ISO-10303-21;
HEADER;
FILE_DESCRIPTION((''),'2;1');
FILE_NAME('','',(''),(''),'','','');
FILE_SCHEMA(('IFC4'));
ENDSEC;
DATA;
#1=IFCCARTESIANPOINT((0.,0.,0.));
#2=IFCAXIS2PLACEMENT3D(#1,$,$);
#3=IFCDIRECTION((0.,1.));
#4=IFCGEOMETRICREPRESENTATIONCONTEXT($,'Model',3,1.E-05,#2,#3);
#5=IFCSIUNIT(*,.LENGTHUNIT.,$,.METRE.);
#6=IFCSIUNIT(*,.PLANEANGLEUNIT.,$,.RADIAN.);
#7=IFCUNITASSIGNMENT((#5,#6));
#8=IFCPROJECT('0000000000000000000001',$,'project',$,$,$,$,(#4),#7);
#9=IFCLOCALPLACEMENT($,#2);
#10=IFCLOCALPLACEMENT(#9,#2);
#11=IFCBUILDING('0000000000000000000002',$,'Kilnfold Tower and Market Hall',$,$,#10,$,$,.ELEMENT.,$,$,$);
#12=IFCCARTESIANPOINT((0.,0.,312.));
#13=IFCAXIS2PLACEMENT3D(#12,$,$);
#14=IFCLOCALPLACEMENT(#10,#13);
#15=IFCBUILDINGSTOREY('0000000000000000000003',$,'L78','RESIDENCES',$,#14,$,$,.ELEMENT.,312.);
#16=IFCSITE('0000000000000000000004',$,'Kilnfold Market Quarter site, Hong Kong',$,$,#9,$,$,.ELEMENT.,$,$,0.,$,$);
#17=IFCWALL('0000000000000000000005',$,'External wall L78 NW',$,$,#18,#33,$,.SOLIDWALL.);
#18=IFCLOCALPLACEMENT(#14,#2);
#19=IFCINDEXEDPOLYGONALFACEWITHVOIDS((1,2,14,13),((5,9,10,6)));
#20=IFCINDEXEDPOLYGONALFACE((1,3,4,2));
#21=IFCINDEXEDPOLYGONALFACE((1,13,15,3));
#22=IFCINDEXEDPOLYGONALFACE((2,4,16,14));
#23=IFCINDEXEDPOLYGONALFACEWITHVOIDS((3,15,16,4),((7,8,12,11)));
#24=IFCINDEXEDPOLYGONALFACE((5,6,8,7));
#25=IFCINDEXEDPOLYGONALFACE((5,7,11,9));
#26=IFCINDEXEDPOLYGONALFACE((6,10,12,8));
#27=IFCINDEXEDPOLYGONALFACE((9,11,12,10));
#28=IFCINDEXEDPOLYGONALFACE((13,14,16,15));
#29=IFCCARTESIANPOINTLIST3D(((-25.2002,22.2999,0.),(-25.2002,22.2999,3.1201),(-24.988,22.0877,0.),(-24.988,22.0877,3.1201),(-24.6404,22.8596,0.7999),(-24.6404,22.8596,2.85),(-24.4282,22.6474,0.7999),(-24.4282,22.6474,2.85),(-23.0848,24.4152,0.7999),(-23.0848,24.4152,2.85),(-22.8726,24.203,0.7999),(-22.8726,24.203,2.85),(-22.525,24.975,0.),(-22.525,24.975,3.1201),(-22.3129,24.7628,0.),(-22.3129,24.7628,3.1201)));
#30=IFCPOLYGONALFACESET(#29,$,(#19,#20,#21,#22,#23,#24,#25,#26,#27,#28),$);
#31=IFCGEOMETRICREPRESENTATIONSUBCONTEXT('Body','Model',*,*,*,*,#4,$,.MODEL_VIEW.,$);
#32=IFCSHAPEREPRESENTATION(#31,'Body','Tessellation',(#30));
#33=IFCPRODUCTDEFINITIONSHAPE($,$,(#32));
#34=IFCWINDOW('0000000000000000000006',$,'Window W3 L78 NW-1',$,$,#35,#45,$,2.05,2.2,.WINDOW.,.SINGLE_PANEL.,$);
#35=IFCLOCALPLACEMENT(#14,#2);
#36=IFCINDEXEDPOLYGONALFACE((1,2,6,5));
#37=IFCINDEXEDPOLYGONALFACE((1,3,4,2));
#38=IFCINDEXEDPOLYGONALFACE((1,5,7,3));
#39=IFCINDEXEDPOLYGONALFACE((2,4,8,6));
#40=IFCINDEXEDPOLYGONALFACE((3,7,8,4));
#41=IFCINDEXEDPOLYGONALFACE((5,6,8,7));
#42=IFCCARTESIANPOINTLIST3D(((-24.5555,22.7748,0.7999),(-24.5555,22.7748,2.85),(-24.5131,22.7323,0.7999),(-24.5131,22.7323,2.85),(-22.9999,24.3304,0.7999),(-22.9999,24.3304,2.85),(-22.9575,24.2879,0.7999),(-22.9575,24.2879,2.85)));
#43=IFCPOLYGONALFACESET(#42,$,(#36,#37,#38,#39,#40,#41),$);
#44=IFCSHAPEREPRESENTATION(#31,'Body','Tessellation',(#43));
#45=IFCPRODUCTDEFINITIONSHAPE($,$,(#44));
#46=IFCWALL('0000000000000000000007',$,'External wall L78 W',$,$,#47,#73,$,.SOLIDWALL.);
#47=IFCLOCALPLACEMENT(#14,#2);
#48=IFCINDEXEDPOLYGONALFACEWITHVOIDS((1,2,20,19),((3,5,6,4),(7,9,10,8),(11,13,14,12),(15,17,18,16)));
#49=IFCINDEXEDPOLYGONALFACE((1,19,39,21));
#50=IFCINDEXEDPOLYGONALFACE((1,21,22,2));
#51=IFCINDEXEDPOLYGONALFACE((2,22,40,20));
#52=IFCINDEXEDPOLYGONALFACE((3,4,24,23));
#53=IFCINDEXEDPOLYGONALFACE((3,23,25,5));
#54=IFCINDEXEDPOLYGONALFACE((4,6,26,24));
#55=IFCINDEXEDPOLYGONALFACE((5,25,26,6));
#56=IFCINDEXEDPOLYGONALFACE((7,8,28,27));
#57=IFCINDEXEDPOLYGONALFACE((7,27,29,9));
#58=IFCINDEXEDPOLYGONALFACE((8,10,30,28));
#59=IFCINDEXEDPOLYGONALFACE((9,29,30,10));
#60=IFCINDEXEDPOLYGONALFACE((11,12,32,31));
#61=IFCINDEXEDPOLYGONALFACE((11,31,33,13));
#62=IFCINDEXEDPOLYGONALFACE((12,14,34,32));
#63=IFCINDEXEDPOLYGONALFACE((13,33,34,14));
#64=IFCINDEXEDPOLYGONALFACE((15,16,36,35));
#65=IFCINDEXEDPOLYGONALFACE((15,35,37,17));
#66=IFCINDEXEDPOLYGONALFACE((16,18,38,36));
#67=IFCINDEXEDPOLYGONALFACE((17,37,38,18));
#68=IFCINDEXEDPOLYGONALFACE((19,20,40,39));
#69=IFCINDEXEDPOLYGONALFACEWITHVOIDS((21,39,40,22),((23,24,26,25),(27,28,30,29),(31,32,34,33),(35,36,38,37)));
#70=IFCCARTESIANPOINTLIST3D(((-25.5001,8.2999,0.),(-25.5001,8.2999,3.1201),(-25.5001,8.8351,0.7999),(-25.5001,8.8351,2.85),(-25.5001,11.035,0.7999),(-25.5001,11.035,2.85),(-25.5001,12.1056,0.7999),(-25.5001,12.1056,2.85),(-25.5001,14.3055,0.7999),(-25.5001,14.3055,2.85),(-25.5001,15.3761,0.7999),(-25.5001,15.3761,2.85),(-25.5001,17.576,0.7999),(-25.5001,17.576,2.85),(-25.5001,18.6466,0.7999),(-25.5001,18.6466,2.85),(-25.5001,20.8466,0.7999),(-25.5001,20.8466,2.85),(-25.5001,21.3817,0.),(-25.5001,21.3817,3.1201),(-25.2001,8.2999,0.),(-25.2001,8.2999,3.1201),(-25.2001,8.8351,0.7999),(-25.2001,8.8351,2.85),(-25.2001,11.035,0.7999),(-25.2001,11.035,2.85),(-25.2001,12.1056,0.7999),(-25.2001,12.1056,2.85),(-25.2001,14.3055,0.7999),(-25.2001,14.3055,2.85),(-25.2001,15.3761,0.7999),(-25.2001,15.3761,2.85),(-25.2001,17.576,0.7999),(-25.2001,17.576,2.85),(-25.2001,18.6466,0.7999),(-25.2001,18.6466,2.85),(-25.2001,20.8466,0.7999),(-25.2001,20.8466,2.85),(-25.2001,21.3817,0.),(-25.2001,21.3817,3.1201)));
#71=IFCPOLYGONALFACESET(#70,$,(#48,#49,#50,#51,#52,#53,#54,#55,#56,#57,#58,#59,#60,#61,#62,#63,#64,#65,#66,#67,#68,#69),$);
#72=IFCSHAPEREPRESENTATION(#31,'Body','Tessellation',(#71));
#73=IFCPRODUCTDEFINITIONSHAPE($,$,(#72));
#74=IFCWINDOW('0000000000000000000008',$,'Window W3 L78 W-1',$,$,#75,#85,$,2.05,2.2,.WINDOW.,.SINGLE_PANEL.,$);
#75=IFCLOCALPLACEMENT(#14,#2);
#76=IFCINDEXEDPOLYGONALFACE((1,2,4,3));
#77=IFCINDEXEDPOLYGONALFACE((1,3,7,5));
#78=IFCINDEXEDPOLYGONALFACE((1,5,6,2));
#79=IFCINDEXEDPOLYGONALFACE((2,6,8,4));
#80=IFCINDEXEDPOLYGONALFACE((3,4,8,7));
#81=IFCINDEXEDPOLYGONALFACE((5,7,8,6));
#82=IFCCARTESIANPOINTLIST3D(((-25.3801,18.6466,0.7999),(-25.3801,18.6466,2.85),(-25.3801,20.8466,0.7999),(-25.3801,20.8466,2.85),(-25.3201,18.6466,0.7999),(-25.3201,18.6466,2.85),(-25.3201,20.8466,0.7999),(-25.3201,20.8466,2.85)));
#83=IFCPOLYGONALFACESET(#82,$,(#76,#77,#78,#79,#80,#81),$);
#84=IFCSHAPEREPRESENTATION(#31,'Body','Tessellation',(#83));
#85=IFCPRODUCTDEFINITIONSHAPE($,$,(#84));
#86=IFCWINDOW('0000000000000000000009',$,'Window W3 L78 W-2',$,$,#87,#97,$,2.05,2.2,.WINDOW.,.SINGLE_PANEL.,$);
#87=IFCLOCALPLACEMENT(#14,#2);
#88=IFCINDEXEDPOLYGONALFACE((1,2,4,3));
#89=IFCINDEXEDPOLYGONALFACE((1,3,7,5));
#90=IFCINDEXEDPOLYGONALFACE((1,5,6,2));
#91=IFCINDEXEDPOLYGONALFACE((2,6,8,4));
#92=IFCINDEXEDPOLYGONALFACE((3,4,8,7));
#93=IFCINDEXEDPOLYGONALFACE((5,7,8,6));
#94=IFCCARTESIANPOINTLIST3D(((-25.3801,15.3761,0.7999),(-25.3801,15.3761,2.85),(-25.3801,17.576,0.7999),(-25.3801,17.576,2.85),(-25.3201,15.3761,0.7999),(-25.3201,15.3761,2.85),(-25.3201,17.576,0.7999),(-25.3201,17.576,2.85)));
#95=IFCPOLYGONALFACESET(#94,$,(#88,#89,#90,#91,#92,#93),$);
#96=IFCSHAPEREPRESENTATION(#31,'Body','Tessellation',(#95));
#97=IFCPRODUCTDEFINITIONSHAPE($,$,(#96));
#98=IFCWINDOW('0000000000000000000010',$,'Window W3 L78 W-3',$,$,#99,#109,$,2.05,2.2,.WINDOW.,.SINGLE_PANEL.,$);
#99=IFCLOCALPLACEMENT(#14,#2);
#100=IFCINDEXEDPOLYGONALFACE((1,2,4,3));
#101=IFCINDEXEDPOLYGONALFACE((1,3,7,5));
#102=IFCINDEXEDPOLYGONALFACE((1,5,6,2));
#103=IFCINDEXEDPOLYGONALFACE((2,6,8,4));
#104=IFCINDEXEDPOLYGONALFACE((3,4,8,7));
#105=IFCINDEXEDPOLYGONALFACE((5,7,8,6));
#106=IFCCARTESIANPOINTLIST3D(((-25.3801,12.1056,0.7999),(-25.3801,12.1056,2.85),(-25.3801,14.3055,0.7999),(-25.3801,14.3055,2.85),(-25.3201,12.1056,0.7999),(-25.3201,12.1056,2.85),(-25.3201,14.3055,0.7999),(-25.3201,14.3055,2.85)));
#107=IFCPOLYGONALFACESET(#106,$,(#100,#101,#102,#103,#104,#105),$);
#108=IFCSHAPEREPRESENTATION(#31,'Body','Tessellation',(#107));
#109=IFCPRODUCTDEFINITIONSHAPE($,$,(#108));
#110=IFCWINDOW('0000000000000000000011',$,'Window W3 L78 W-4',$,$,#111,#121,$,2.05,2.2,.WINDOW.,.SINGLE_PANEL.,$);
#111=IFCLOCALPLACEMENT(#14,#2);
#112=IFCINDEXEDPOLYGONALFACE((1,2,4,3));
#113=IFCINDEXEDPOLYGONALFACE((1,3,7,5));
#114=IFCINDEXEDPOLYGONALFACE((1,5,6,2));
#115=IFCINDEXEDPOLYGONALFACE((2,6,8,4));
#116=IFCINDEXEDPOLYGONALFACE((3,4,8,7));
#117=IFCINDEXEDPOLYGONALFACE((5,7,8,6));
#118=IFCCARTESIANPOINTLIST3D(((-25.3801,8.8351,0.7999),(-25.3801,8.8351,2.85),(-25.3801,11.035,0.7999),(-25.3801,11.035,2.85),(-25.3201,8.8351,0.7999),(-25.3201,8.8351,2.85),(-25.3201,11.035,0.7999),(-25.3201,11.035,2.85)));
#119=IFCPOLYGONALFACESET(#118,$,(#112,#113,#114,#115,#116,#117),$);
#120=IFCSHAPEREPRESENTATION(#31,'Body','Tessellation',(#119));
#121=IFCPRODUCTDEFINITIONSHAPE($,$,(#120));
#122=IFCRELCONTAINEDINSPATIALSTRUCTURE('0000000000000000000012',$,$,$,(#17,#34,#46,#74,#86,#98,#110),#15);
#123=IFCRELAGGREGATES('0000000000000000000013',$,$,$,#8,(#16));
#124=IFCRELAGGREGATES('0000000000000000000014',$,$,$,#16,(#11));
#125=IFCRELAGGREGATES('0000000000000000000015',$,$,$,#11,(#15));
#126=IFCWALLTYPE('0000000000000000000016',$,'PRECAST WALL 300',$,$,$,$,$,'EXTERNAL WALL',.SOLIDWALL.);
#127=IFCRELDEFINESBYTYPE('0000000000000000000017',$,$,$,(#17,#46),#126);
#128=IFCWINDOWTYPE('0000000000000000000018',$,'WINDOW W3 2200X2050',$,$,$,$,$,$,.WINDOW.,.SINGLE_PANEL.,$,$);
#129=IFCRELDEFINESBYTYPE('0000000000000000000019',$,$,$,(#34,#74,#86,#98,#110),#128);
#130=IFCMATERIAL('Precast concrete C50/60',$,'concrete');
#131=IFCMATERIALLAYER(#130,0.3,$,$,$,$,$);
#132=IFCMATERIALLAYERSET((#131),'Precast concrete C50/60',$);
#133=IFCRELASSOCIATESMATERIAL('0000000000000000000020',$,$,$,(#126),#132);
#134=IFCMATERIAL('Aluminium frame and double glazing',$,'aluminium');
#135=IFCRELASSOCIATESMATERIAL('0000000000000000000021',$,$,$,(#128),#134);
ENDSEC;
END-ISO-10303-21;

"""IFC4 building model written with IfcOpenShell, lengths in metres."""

from ifc_helpers import new_model, si_unit, direction, frame, frame_2d, origin, place, context, subcontext, project, spatial, rectangle, extrude, source, transform, mapped, material, layer, layer_set, type_object, element, fill, save


model = new_model("IFC4")

# Units and contexts
model_context = context("Model", 3, precision=1e-05, world=origin(), true_north=direction((0.0, 1.0)))
body_context = subcontext(model_context, "Body", "Model", "MODEL_VIEW")
ifc_project = project(units=[si_unit("LENGTHUNIT", "METRE"), si_unit("PLANEANGLEUNIT", "RADIAN")], contexts=[model_context])

# Site, building, storey
site_placement = place(None, origin())
site = spatial("IfcSite", under=ifc_project, at=site_placement, Name="Kilnfold Market Quarter site, Hong Kong", CompositionType="ELEMENT", RefElevation=0.0)
building_placement = place(site_placement, origin())
building = spatial("IfcBuilding", under=site, at=building_placement, Name="Kilnfold Tower and Market Hall", CompositionType="ELEMENT")
storey_placement = place(building_placement, frame((0.0, 0.0, 312.0)))
storey = spatial("IfcBuildingStorey", under=building, at=storey_placement, Name="L78", Description="RESIDENCES", CompositionType="ELEMENT", Elevation=312.0)

# Shared definitions
ifc_material_1 = material(Name="Precast concrete C50/60", Category="concrete")
ifc_layer_1 = layer(ifc_material_1, 0.3)
ifc_layer_set_1 = layer_set([ifc_layer_1], Name="Precast concrete C50/60")
wall_type_1 = type_object("IfcWallType", Name="PRECAST WALL 300", ElementType="EXTERNAL WALL", PredefinedType="SOLIDWALL", material=ifc_layer_set_1)
ifc_material_2 = material(Name="Aluminium frame and double glazing", Category="aluminium")
window_type = type_object("IfcWindowType", Name="WINDOW W3 2200X2050", PartitioningType="SINGLE_PANEL", PredefinedType="WINDOW", material=ifc_material_2)

# Wall, opening, window
shared_shape_1 = source(origin(), body_context, "Body", "SweptSolid", [
    extrude(rectangle(XDim=3.7832, YDim=0.3, at=frame_2d((1.8916, 0.0))), origin(), (0.0, 0.0, 1.0), 3.1201),
])
wall_1_placement = place(storey_placement, frame((-22.4189, 24.8689, 0.0), z_axis=(0.0, 0.0, 1.0), x_axis=(-0.707107, -0.707107, 0.0)))
wall_1 = element("IfcWall", 1, at=wall_1_placement, inside=storey, type_object=wall_type_1, Name="External wall L78 NW", PredefinedType="SOLIDWALL", context=body_context, shape_type="MappedRepresentation", body=[
    mapped(shared_shape_1, transform((0.0, 0.0, 0.0))),
])
opening_1_placement = place(wall_1_placement, frame((0.7915, 0.0, 0.8)))
opening_1 = element("IfcOpeningElement", 2, at=opening_1_placement, cuts=wall_1, PredefinedType="OPENING", context=body_context, shape_type="SweptSolid", body=[
    extrude(rectangle(XDim=2.2, YDim=2.05, at=frame_2d((1.1001, 1.0249))), frame((0.0, 0.1602, 0.0), z_axis=(0.0, -1.0, 0.0), x_axis=(1.0, 0.0, 0.0)), (0.0, 0.0, 1.0), 0.3201),
])
window_1_placement = place(opening_1_placement, origin())
window_1 = element("IfcWindow", 3, at=window_1_placement, inside=storey, type_object=window_type, Name="Window W3 L78 NW-1", OverallHeight=2.05, OverallWidth=2.2, PartitioningType="SINGLE_PANEL", PredefinedType="WINDOW", context=body_context, shape_type="SweptSolid", body=[
    extrude(rectangle(XDim=2.2, YDim=2.05, at=frame_2d((1.1001, 1.0249))), frame((0.0, 0.03, 0.0), z_axis=(0.0, -1.0, 0.0), x_axis=(1.0, 0.0, 0.0)), (0.0, 0.0, 1.0), 0.0601),
])
fill(opening_1, window_1)

# Wall, openings, windows
shared_shape_2 = source(origin(), body_context, "Body", "SweptSolid", [
    extrude(rectangle(XDim=13.0818, YDim=0.3, at=frame_2d((6.541, 0.0))), origin(), (0.0, 0.0, 1.0), 3.1201),
])
wall_2_placement = place(storey_placement, frame((-25.3501, 21.3818, 0.0), z_axis=(0.0, 0.0, 1.0), x_axis=(0.0, -1.0, 0.0)))
wall_2 = element("IfcWall", 4, at=wall_2_placement, inside=storey, type_object=wall_type_1, Name="External wall L78 W", PredefinedType="SOLIDWALL", context=body_context, shape_type="MappedRepresentation", body=[
    mapped(shared_shape_2, transform((0.0, 0.0, 0.0))),
])
opening_2_placement = place(wall_2_placement, frame((0.5352, 0.0, 0.8)))
opening_2 = element("IfcOpeningElement", 5, at=opening_2_placement, cuts=wall_2, PredefinedType="OPENING", context=body_context, shape_type="SweptSolid", body=[
    extrude(rectangle(XDim=2.2, YDim=2.05, at=frame_2d((1.1001, 1.0249))), frame((0.0, 0.1602, 0.0), z_axis=(0.0, -1.0, 0.0), x_axis=(1.0, 0.0, 0.0)), (0.0, 0.0, 1.0), 0.3201),
])
opening_3_placement = place(wall_2_placement, frame((3.8057, 0.0, 0.8)))
opening_3 = element("IfcOpeningElement", 6, at=opening_3_placement, cuts=wall_2, PredefinedType="OPENING", context=body_context, shape_type="SweptSolid", body=[
    extrude(rectangle(XDim=2.2, YDim=2.05, at=frame_2d((1.1001, 1.0249))), frame((0.0, 0.1602, 0.0), z_axis=(0.0, -1.0, 0.0), x_axis=(1.0, 0.0, 0.0)), (0.0, 0.0, 1.0), 0.3201),
])
opening_4_placement = place(wall_2_placement, frame((7.0762, 0.0, 0.8)))
opening_4 = element("IfcOpeningElement", 7, at=opening_4_placement, cuts=wall_2, PredefinedType="OPENING", context=body_context, shape_type="SweptSolid", body=[
    extrude(rectangle(XDim=2.2, YDim=2.05, at=frame_2d((1.1001, 1.0249))), frame((0.0, 0.1602, 0.0), z_axis=(0.0, -1.0, 0.0), x_axis=(1.0, 0.0, 0.0)), (0.0, 0.0, 1.0), 0.3201),
])
opening_5_placement = place(wall_2_placement, frame((10.3467, 0.0, 0.8)))
opening_5 = element("IfcOpeningElement", 8, at=opening_5_placement, cuts=wall_2, PredefinedType="OPENING", context=body_context, shape_type="SweptSolid", body=[
    extrude(rectangle(XDim=2.2, YDim=2.05, at=frame_2d((1.1001, 1.0249))), frame((0.0, 0.1602, 0.0), z_axis=(0.0, -1.0, 0.0), x_axis=(1.0, 0.0, 0.0)), (0.0, 0.0, 1.0), 0.3201),
])
window_2_placement = place(opening_2_placement, origin())
window_2 = element("IfcWindow", 9, at=window_2_placement, inside=storey, type_object=window_type, Name="Window W3 L78 W-1", OverallHeight=2.05, OverallWidth=2.2, PartitioningType="SINGLE_PANEL", PredefinedType="WINDOW", context=body_context, shape_type="SweptSolid", body=[
    extrude(rectangle(XDim=2.2, YDim=2.05, at=frame_2d((1.1001, 1.0249))), frame((0.0, 0.03, 0.0), z_axis=(0.0, -1.0, 0.0), x_axis=(1.0, 0.0, 0.0)), (0.0, 0.0, 1.0), 0.0601),
])
fill(opening_2, window_2)
window_3_placement = place(opening_3_placement, origin())
window_3 = element("IfcWindow", 10, at=window_3_placement, inside=storey, type_object=window_type, Name="Window W3 L78 W-2", OverallHeight=2.05, OverallWidth=2.2, PartitioningType="SINGLE_PANEL", PredefinedType="WINDOW", context=body_context, shape_type="SweptSolid", body=[
    extrude(rectangle(XDim=2.2, YDim=2.05, at=frame_2d((1.1001, 1.0249))), frame((0.0, 0.03, 0.0), z_axis=(0.0, -1.0, 0.0), x_axis=(1.0, 0.0, 0.0)), (0.0, 0.0, 1.0), 0.0601),
])
fill(opening_3, window_3)
window_4_placement = place(opening_4_placement, origin())
window_4 = element("IfcWindow", 11, at=window_4_placement, inside=storey, type_object=window_type, Name="Window W3 L78 W-3", OverallHeight=2.05, OverallWidth=2.2, PartitioningType="SINGLE_PANEL", PredefinedType="WINDOW", context=body_context, shape_type="SweptSolid", body=[
    extrude(rectangle(XDim=2.2, YDim=2.05, at=frame_2d((1.1001, 1.0249))), frame((0.0, 0.03, 0.0), z_axis=(0.0, -1.0, 0.0), x_axis=(1.0, 0.0, 0.0)), (0.0, 0.0, 1.0), 0.0601),
])
fill(opening_4, window_4)
window_5_placement = place(opening_5_placement, origin())
window_5 = element("IfcWindow", 12, at=window_5_placement, inside=storey, type_object=window_type, Name="Window W3 L78 W-4", OverallHeight=2.05, OverallWidth=2.2, PartitioningType="SINGLE_PANEL", PredefinedType="WINDOW", context=body_context, shape_type="SweptSolid", body=[
    extrude(rectangle(XDim=2.2, YDim=2.05, at=frame_2d((1.1001, 1.0249))), frame((0.0, 0.03, 0.0), z_axis=(0.0, -1.0, 0.0), x_axis=(1.0, 0.0, 0.0)), (0.0, 0.0, 1.0), 0.0601),
])
fill(opening_5, window_5)

save(model, "model.ifc")
